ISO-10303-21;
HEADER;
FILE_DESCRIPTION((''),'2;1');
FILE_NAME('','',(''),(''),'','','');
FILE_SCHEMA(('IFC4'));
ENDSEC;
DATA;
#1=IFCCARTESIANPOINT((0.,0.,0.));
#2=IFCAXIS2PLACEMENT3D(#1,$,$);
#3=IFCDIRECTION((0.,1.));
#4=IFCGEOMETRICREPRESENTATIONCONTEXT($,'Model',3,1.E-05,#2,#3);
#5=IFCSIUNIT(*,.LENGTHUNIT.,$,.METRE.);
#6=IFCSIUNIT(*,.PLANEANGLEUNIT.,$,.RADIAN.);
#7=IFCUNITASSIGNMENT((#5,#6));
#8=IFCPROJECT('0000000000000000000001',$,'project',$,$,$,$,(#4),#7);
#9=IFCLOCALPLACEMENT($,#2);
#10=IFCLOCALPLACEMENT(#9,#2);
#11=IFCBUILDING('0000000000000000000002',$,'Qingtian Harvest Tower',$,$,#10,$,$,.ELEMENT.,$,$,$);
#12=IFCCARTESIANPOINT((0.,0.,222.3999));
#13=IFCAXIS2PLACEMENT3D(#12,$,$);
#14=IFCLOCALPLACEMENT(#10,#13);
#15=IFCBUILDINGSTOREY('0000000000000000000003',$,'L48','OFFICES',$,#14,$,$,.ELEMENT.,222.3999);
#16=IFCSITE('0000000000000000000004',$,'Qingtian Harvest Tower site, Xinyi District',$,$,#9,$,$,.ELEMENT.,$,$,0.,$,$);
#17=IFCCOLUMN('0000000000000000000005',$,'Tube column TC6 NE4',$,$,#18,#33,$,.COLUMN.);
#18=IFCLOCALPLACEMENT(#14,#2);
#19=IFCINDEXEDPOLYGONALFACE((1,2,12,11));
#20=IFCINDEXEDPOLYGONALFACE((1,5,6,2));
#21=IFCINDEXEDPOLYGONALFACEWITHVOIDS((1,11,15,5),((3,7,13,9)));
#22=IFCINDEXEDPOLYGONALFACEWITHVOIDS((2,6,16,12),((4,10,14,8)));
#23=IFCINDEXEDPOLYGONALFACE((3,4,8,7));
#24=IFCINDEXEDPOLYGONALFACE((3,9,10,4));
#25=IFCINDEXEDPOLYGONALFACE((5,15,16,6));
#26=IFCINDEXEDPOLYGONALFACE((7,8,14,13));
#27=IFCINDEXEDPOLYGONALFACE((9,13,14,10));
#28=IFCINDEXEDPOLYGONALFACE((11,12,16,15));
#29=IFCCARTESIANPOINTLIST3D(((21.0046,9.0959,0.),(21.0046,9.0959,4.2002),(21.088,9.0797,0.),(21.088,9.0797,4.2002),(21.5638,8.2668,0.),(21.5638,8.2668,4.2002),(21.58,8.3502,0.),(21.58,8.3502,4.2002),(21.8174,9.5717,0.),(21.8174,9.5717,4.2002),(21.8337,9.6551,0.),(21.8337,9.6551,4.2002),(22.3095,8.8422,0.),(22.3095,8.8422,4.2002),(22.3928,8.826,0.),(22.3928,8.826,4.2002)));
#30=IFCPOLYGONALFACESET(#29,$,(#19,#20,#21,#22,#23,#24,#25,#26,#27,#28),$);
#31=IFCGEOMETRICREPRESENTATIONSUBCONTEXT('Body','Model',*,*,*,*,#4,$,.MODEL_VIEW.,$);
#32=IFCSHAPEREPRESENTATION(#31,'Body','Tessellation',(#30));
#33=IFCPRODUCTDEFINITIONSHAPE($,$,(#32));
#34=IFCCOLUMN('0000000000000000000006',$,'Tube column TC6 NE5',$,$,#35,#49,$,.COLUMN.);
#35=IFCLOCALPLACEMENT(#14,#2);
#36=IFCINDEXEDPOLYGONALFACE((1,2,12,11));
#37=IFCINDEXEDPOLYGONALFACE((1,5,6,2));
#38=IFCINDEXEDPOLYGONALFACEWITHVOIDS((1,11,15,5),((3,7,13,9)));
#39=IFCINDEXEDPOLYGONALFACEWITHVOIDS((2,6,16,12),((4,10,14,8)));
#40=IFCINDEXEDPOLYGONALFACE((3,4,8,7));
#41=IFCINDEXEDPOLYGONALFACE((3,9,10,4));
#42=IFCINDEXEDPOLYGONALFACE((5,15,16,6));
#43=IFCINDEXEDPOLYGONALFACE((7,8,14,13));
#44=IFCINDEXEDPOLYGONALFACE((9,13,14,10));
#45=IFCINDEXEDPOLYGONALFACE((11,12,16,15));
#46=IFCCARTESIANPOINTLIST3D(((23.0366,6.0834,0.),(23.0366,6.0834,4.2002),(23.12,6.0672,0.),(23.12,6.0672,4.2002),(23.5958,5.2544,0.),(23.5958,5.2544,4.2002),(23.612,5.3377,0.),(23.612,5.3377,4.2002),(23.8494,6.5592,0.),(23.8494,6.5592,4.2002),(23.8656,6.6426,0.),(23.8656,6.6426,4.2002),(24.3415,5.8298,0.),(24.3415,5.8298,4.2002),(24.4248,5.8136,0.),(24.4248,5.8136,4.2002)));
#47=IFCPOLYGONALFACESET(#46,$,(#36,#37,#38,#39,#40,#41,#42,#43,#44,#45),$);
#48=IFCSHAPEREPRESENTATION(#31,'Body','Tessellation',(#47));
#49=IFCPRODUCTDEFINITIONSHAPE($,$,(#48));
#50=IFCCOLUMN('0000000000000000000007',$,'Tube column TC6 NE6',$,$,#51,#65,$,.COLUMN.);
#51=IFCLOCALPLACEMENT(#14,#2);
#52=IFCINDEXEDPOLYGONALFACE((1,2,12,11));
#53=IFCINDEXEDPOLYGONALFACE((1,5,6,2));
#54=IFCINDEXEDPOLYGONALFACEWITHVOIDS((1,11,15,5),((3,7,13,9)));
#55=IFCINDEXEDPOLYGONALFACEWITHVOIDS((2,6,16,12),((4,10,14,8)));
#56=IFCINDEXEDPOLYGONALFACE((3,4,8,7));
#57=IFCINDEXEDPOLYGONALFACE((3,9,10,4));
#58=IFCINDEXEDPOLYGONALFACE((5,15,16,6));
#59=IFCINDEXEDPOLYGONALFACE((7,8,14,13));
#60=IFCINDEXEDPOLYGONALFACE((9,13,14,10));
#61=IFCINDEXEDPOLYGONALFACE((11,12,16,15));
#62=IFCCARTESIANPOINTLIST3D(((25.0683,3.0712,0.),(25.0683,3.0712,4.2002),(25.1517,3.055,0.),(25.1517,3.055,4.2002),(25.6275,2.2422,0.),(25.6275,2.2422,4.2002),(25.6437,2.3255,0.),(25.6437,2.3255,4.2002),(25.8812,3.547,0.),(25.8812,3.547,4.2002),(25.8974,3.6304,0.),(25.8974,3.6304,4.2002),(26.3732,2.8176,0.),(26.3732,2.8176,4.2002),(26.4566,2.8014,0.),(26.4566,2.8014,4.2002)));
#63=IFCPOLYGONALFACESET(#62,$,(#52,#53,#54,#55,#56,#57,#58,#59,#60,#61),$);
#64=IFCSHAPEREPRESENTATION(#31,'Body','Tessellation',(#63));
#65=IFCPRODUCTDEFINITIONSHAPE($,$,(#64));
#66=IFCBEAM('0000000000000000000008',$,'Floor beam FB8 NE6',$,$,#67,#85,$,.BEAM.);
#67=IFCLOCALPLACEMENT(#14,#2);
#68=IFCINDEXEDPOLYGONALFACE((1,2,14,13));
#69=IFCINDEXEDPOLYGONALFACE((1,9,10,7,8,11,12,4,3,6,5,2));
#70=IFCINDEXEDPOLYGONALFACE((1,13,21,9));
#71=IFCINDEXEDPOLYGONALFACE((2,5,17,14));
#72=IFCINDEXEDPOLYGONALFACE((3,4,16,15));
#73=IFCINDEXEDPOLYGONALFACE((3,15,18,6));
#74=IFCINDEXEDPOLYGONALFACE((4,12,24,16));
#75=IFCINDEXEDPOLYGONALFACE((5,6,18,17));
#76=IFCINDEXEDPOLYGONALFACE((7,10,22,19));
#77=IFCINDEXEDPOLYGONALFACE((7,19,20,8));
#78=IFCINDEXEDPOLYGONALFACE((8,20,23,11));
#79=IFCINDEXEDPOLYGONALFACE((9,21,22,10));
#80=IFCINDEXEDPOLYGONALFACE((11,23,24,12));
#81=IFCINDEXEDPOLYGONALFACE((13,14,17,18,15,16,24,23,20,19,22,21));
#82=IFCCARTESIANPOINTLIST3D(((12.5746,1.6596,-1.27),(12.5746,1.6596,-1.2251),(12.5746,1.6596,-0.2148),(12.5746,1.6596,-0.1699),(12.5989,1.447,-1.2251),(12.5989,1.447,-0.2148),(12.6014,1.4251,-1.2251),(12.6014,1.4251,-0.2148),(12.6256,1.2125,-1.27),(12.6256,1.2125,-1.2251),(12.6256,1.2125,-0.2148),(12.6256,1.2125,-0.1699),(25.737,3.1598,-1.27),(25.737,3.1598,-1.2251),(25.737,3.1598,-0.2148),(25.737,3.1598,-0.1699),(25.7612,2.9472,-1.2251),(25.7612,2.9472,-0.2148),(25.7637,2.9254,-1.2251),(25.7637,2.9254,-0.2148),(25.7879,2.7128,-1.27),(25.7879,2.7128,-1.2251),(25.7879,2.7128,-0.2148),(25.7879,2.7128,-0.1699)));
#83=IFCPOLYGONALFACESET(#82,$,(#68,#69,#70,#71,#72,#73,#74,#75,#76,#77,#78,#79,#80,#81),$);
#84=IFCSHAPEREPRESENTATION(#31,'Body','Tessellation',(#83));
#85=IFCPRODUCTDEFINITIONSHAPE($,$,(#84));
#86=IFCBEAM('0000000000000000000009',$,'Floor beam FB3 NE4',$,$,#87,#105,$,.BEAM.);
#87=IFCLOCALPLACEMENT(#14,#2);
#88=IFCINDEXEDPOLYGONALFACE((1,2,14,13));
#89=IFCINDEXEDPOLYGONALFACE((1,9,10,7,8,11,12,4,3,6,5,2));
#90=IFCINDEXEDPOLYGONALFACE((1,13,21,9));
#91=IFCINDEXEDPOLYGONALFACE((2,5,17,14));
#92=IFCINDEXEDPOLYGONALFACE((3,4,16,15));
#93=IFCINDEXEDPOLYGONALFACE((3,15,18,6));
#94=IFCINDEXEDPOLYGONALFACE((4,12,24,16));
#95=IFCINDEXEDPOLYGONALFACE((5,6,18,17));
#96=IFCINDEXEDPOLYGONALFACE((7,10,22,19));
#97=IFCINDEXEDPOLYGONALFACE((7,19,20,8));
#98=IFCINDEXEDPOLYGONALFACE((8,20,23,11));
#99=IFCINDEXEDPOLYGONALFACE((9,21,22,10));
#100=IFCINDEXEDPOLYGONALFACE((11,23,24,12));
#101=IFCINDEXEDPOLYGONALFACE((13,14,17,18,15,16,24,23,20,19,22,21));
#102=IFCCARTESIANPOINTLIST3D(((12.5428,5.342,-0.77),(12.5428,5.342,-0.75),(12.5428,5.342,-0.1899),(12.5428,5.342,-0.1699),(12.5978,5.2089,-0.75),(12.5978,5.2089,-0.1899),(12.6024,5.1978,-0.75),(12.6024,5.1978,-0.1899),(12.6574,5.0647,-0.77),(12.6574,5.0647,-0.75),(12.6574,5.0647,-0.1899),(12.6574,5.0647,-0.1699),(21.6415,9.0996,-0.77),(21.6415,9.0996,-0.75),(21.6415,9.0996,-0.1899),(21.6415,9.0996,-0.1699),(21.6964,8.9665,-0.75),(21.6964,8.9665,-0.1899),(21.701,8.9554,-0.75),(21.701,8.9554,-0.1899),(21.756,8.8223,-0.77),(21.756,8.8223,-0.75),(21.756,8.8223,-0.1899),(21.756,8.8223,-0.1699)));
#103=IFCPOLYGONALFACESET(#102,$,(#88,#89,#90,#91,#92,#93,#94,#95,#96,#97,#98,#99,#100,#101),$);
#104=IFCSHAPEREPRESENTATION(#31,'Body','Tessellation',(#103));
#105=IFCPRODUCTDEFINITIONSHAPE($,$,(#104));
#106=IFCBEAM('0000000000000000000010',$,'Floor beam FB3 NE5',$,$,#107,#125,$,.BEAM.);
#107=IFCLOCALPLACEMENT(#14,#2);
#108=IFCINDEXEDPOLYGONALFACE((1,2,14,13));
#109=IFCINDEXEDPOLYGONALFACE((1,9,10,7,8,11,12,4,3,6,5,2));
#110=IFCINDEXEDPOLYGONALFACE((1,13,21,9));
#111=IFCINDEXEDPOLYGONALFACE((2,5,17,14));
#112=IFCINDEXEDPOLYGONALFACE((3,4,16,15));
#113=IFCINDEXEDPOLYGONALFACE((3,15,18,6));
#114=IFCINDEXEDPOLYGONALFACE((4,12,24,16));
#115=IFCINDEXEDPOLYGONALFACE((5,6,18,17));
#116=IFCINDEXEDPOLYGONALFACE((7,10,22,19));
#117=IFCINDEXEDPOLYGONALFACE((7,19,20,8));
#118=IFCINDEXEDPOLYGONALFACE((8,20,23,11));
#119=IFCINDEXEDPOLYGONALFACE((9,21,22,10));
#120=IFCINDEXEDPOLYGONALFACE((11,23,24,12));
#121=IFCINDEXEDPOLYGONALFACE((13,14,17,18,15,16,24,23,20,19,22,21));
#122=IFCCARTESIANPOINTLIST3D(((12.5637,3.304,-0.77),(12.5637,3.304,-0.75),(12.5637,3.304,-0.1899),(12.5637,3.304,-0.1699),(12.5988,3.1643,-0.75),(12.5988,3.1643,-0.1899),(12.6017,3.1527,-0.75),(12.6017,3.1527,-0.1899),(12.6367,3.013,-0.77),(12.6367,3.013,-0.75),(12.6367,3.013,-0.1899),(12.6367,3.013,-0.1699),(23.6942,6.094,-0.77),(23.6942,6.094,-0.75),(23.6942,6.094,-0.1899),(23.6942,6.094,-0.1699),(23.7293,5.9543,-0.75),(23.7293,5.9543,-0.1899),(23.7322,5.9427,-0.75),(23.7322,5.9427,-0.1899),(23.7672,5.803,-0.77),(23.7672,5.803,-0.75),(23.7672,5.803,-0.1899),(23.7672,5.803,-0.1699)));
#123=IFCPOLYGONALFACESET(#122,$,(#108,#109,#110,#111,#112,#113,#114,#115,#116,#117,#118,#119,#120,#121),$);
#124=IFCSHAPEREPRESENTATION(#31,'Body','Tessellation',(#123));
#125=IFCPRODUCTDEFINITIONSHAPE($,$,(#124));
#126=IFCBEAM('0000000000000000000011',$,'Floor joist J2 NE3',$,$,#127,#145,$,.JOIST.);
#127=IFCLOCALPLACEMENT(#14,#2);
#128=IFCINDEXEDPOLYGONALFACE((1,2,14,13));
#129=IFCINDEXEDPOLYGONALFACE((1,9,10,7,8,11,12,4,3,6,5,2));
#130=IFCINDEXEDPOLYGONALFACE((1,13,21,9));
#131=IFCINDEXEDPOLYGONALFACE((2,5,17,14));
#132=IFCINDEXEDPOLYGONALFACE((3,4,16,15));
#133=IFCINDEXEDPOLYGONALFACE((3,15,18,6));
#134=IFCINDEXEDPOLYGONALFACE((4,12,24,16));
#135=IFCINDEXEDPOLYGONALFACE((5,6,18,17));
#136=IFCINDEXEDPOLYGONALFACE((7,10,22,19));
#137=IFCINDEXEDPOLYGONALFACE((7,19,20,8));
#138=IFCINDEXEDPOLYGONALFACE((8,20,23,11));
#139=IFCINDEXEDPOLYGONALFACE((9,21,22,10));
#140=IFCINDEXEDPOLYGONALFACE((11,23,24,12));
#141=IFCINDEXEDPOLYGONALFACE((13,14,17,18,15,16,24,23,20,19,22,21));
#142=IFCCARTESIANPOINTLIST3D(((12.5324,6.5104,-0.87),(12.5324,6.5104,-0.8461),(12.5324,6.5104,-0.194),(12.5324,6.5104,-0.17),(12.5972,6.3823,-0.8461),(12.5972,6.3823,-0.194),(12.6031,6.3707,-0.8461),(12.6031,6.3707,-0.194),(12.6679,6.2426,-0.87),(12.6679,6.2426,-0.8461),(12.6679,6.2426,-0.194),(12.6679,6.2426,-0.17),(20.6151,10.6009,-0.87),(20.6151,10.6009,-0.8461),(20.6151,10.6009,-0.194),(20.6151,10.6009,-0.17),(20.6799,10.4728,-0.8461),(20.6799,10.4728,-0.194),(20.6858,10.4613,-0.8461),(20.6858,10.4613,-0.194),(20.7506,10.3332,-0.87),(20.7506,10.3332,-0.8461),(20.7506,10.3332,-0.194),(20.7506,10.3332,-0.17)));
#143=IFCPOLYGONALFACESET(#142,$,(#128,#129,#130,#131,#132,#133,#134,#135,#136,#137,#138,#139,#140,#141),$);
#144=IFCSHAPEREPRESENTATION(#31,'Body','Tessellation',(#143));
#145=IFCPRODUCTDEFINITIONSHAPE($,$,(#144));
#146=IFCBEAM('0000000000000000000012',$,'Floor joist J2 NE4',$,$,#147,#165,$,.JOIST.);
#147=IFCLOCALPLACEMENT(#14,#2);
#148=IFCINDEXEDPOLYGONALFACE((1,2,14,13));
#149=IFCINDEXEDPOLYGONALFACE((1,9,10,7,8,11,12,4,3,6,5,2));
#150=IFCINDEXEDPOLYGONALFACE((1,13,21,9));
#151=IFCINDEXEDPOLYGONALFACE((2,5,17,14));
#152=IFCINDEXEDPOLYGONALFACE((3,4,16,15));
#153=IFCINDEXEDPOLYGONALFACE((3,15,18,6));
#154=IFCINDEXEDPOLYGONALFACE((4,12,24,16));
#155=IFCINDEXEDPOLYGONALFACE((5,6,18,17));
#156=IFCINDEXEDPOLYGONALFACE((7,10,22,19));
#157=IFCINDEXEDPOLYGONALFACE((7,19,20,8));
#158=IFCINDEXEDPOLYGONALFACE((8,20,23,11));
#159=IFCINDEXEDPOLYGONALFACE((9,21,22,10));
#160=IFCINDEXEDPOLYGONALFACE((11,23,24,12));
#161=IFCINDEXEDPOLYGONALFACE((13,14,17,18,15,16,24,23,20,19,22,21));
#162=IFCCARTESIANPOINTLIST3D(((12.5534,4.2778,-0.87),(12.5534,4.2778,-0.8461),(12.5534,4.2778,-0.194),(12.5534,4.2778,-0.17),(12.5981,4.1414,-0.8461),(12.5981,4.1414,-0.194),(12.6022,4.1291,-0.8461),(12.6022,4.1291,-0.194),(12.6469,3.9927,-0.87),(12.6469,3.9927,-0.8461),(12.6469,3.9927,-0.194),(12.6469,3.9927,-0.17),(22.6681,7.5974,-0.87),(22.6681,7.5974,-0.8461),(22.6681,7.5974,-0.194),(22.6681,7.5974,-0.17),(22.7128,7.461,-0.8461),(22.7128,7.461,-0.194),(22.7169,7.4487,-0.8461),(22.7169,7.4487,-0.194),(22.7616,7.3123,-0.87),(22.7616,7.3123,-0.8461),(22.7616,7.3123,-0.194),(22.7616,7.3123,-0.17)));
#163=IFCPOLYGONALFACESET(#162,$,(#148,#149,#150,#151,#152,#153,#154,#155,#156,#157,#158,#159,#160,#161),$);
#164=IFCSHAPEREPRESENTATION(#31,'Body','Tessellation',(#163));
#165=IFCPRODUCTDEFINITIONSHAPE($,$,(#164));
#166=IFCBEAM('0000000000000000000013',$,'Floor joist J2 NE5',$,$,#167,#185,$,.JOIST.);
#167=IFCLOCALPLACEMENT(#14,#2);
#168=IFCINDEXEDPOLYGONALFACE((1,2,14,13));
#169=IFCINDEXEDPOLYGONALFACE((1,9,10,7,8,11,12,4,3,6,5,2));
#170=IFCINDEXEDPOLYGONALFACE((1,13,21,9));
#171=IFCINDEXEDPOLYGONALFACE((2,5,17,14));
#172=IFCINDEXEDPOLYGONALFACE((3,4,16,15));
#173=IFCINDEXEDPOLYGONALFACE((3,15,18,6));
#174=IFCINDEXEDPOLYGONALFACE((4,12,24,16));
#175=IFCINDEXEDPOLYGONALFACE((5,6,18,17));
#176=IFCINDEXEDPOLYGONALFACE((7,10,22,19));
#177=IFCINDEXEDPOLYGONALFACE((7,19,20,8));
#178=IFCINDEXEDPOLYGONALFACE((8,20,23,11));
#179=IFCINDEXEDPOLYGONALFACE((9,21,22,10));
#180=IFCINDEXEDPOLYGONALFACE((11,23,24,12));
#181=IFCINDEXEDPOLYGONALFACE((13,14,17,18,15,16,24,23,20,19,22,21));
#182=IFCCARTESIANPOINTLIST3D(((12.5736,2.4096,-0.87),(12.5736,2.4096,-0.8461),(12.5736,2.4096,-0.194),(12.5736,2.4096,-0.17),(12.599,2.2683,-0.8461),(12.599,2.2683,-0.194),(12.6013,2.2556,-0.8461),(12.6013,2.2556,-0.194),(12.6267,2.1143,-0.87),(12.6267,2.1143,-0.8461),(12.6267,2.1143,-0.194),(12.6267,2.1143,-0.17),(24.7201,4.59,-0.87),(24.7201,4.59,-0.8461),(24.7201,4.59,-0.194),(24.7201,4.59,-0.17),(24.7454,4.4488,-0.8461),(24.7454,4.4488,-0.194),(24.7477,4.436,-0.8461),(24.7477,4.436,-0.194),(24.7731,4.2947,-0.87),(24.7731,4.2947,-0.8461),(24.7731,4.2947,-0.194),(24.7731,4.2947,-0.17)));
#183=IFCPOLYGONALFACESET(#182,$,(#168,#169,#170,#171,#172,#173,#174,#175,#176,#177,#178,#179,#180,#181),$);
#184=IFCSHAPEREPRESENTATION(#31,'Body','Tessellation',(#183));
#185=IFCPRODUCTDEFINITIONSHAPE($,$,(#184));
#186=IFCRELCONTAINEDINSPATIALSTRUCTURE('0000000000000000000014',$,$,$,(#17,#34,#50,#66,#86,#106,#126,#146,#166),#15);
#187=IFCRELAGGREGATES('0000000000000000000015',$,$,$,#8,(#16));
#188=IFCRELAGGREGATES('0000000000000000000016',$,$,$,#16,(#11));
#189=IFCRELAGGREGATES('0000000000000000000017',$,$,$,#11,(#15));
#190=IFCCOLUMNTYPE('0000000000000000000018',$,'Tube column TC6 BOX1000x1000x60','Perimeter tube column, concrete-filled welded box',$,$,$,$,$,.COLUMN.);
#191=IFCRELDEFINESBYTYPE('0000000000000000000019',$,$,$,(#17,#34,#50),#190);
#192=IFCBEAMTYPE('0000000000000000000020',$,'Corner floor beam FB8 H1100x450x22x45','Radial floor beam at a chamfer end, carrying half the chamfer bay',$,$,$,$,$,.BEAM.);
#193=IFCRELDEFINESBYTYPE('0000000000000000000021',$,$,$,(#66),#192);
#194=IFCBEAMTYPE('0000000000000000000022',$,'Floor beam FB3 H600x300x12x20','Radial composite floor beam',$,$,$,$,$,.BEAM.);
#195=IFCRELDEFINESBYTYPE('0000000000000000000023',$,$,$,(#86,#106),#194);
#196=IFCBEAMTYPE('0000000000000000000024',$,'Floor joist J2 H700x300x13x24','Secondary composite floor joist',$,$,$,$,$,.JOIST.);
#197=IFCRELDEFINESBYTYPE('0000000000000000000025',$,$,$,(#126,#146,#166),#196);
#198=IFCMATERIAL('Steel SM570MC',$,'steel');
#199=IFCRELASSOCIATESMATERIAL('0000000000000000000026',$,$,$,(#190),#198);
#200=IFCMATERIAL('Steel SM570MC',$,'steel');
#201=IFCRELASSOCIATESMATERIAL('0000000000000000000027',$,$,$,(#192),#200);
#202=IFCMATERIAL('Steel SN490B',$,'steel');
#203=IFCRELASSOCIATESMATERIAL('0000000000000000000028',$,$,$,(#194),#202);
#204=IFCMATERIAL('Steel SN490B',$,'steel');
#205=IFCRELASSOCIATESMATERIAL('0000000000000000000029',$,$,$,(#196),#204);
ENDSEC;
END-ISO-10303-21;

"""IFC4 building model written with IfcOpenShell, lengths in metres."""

from ifc_helpers import new_model, si_unit, direction, frame, origin, origin_2d, place, context, subcontext, project, spatial, hollow_rectangle, i_section, extrude, material, material_profile, profile_set, type_object, element, save


model = new_model("IFC4")

# Units and contexts
model_context = context("Model", 3, precision=1e-05, world=origin(), true_north=direction((0.0, 1.0)))
body_context = subcontext(model_context, "Body", "Model", "MODEL_VIEW")
ifc_project = project(units=[si_unit("LENGTHUNIT", "METRE"), si_unit("PLANEANGLEUNIT", "RADIAN")], contexts=[model_context])

# Site, building, storey
site_placement = place(None, origin())
site = spatial("IfcSite", under=ifc_project, at=site_placement, Name="Qingtian Harvest Tower site, Xinyi District", CompositionType="ELEMENT", RefElevation=0.0)
building_placement = place(site_placement, origin())
building = spatial("IfcBuilding", under=site, at=building_placement, Name="Qingtian Harvest Tower", CompositionType="ELEMENT")
storey_placement = place(building_placement, frame((0.0, 0.0, 222.3999)))
storey = spatial("IfcBuildingStorey", under=building, at=storey_placement, Name="L48", Description="OFFICES", CompositionType="ELEMENT", Elevation=222.3999)

# Columns
ifc_material_1 = material(Name="Steel SM570MC", Category="steel")
ifc_material_profile_1 = material_profile(ifc_material_1, hollow_rectangle(XDim=1.0, YDim=1.0, WallThickness=0.0601, at=origin_2d()), Name="BOX1000x1000x60")
ifc_profile_set_1 = profile_set([ifc_material_profile_1], Name="Steel SM570MC")
column_type = type_object("IfcColumnType", Name="Tube column TC6 BOX1000x1000x60", Description="Perimeter tube column, concrete-filled welded box", PredefinedType="COLUMN", material=ifc_profile_set_1)
for number, where, z_axis, x_axis, name in (
    (1, (21.6987, 8.9609, 0.0), (0.0, 0.0, 1.0), (-0.559193, 0.829038, 0.0), "Tube column TC6 NE4"),
    (2, (23.7307, 5.9485, 0.0), (0.0, 0.0, 1.0), (-0.559193, 0.829038, 0.0), "Tube column TC6 NE5"),
    (3, (25.7625, 2.9363, 0.0), (0.0, 0.0, 1.0), (-0.559193, 0.829038, 0.0), "Tube column TC6 NE6"),
):
    element("IfcColumn", number, at=place(storey_placement, frame(where, z_axis=z_axis, x_axis=x_axis)), inside=storey, type_object=column_type, Name=name, PredefinedType="COLUMN", context=body_context, shape_type="SweptSolid", body=[
        extrude(hollow_rectangle(XDim=1.0, YDim=1.0, WallThickness=0.0601, at=origin_2d()), origin(), (0.0, 0.0, 1.0), 4.2002),
    ])

# Beams
ifc_material_2 = material(Name="Steel SM570MC", Category="steel")
ifc_material_profile_2 = material_profile(ifc_material_2, i_section(OverallWidth=0.45, OverallDepth=1.1001, WebThickness=0.022, FlangeThickness=0.0449, at=origin_2d()), Name="H1100x450x22x45")
ifc_profile_set_2 = profile_set([ifc_material_profile_2], Name="Steel SM570MC")
beam_type_1 = type_object("IfcBeamType", Name="Corner floor beam FB8 H1100x450x22x45", Description="Radial floor beam at a chamfer end, carrying half the chamfer bay", PredefinedType="BEAM", material=ifc_profile_set_2)
beam_1_placement = place(storey_placement, frame((25.7625, 2.9363, -0.72), z_axis=(-0.993567, -0.113247, 0.0), x_axis=(0.113247, -0.993567, 0.0)))
element("IfcBeam", 4, at=beam_1_placement, inside=storey, type_object=beam_type_1, Name="Floor beam FB8 NE6", PredefinedType="BEAM", context=body_context, shape_type="SweptSolid", body=[
    extrude(i_section(OverallWidth=0.45, OverallDepth=1.1001, WebThickness=0.022, FlangeThickness=0.0449, at=origin_2d()), origin(), (0.0, 0.0, 1.0), 13.2476),
])
ifc_material_3 = material(Name="Steel SN490B", Category="steel")
ifc_material_profile_3 = material_profile(ifc_material_3, i_section(OverallWidth=0.3, OverallDepth=0.6001, WebThickness=0.012, FlangeThickness=0.02, at=origin_2d()), Name="H600x300x12x20")
ifc_profile_set_3 = profile_set([ifc_material_profile_3], Name="Steel SN490B")
beam_type_2 = type_object("IfcBeamType", Name="Floor beam FB3 H600x300x12x20", Description="Radial composite floor beam", PredefinedType="BEAM", material=ifc_profile_set_3)
beam_2_placement = place(storey_placement, frame((21.6987, 8.9609, -0.47), z_axis=(-0.924282, -0.381711, 0.0), x_axis=(0.381711, -0.924282, 0.0)))
element("IfcBeam", 5, at=beam_2_placement, inside=storey, type_object=beam_type_2, Name="Floor beam FB3 NE4", PredefinedType="BEAM", context=body_context, shape_type="SweptSolid", body=[
    extrude(i_section(OverallWidth=0.3, OverallDepth=0.6001, WebThickness=0.012, FlangeThickness=0.02, at=origin_2d()), origin(), (0.0, 0.0, 1.0), 9.844),
])
beam_3_placement = place(storey_placement, frame((23.7307, 5.9485, -0.47), z_axis=(-0.969991, -0.243141, 0.0), x_axis=(0.243141, -0.969991, 0.0)))
element("IfcBeam", 6, at=beam_3_placement, inside=storey, type_object=beam_type_2, Name="Floor beam FB3 NE5", PredefinedType="BEAM", context=body_context, shape_type="SweptSolid", body=[
    extrude(i_section(OverallWidth=0.3, OverallDepth=0.6001, WebThickness=0.012, FlangeThickness=0.02, at=origin_2d()), origin(), (0.0, 0.0, 1.0), 11.4749),
])
ifc_material_4 = material(Name="Steel SN490B", Category="steel")
ifc_material_profile_4 = material_profile(ifc_material_4, i_section(OverallWidth=0.3, OverallDepth=0.7, WebThickness=0.0129, FlangeThickness=0.0239, at=origin_2d()), Name="H700x300x13x24")
ifc_profile_set_4 = profile_set([ifc_material_profile_4], Name="Steel SN490B")
beam_type_3 = type_object("IfcBeamType", Name="Floor joist J2 H700x300x13x24", Description="Secondary composite floor joist", PredefinedType="JOIST", material=ifc_profile_set_4)
beam_4_placement = place(storey_placement, frame((20.6829, 10.467, -0.52), z_axis=(-0.892244, -0.451553, 0.0), x_axis=(0.451553, -0.892244, 0.0)))
element("IfcBeam", 7, at=beam_4_placement, inside=storey, type_object=beam_type_3, Name="Floor joist J2 NE3", PredefinedType="JOIST", context=body_context, shape_type="SweptSolid", body=[
    extrude(i_section(OverallWidth=0.3, OverallDepth=0.7, WebThickness=0.0129, FlangeThickness=0.0239, at=origin_2d()), origin(), (0.0, 0.0, 1.0), 9.0588),
])
beam_5_placement = place(storey_placement, frame((22.7148, 7.4548, -0.52), z_axis=(-0.950139, -0.311828, 0.0), x_axis=(0.311828, -0.950139, 0.0)))
element("IfcBeam", 8, at=beam_5_placement, inside=storey, type_object=beam_type_3, Name="Floor joist J2 NE4", PredefinedType="JOIST", context=body_context, shape_type="SweptSolid", body=[
    extrude(i_section(OverallWidth=0.3, OverallDepth=0.7, WebThickness=0.0129, FlangeThickness=0.0239, at=origin_2d()), origin(), (0.0, 0.0, 1.0), 10.6455),
])
beam_6_placement = place(storey_placement, frame((24.7466, 4.4424, -0.52), z_axis=(-0.984267, -0.176686, 0.0), x_axis=(0.176686, -0.984267, 0.0)))
element("IfcBeam", 9, at=beam_6_placement, inside=storey, type_object=beam_type_3, Name="Floor joist J2 NE5", PredefinedType="JOIST", context=body_context, shape_type="SweptSolid", body=[
    extrude(i_section(OverallWidth=0.3, OverallDepth=0.7, WebThickness=0.0129, FlangeThickness=0.0239, at=origin_2d()), origin(), (0.0, 0.0, 1.0), 12.3406),
])

save(model, "model.ifc")
